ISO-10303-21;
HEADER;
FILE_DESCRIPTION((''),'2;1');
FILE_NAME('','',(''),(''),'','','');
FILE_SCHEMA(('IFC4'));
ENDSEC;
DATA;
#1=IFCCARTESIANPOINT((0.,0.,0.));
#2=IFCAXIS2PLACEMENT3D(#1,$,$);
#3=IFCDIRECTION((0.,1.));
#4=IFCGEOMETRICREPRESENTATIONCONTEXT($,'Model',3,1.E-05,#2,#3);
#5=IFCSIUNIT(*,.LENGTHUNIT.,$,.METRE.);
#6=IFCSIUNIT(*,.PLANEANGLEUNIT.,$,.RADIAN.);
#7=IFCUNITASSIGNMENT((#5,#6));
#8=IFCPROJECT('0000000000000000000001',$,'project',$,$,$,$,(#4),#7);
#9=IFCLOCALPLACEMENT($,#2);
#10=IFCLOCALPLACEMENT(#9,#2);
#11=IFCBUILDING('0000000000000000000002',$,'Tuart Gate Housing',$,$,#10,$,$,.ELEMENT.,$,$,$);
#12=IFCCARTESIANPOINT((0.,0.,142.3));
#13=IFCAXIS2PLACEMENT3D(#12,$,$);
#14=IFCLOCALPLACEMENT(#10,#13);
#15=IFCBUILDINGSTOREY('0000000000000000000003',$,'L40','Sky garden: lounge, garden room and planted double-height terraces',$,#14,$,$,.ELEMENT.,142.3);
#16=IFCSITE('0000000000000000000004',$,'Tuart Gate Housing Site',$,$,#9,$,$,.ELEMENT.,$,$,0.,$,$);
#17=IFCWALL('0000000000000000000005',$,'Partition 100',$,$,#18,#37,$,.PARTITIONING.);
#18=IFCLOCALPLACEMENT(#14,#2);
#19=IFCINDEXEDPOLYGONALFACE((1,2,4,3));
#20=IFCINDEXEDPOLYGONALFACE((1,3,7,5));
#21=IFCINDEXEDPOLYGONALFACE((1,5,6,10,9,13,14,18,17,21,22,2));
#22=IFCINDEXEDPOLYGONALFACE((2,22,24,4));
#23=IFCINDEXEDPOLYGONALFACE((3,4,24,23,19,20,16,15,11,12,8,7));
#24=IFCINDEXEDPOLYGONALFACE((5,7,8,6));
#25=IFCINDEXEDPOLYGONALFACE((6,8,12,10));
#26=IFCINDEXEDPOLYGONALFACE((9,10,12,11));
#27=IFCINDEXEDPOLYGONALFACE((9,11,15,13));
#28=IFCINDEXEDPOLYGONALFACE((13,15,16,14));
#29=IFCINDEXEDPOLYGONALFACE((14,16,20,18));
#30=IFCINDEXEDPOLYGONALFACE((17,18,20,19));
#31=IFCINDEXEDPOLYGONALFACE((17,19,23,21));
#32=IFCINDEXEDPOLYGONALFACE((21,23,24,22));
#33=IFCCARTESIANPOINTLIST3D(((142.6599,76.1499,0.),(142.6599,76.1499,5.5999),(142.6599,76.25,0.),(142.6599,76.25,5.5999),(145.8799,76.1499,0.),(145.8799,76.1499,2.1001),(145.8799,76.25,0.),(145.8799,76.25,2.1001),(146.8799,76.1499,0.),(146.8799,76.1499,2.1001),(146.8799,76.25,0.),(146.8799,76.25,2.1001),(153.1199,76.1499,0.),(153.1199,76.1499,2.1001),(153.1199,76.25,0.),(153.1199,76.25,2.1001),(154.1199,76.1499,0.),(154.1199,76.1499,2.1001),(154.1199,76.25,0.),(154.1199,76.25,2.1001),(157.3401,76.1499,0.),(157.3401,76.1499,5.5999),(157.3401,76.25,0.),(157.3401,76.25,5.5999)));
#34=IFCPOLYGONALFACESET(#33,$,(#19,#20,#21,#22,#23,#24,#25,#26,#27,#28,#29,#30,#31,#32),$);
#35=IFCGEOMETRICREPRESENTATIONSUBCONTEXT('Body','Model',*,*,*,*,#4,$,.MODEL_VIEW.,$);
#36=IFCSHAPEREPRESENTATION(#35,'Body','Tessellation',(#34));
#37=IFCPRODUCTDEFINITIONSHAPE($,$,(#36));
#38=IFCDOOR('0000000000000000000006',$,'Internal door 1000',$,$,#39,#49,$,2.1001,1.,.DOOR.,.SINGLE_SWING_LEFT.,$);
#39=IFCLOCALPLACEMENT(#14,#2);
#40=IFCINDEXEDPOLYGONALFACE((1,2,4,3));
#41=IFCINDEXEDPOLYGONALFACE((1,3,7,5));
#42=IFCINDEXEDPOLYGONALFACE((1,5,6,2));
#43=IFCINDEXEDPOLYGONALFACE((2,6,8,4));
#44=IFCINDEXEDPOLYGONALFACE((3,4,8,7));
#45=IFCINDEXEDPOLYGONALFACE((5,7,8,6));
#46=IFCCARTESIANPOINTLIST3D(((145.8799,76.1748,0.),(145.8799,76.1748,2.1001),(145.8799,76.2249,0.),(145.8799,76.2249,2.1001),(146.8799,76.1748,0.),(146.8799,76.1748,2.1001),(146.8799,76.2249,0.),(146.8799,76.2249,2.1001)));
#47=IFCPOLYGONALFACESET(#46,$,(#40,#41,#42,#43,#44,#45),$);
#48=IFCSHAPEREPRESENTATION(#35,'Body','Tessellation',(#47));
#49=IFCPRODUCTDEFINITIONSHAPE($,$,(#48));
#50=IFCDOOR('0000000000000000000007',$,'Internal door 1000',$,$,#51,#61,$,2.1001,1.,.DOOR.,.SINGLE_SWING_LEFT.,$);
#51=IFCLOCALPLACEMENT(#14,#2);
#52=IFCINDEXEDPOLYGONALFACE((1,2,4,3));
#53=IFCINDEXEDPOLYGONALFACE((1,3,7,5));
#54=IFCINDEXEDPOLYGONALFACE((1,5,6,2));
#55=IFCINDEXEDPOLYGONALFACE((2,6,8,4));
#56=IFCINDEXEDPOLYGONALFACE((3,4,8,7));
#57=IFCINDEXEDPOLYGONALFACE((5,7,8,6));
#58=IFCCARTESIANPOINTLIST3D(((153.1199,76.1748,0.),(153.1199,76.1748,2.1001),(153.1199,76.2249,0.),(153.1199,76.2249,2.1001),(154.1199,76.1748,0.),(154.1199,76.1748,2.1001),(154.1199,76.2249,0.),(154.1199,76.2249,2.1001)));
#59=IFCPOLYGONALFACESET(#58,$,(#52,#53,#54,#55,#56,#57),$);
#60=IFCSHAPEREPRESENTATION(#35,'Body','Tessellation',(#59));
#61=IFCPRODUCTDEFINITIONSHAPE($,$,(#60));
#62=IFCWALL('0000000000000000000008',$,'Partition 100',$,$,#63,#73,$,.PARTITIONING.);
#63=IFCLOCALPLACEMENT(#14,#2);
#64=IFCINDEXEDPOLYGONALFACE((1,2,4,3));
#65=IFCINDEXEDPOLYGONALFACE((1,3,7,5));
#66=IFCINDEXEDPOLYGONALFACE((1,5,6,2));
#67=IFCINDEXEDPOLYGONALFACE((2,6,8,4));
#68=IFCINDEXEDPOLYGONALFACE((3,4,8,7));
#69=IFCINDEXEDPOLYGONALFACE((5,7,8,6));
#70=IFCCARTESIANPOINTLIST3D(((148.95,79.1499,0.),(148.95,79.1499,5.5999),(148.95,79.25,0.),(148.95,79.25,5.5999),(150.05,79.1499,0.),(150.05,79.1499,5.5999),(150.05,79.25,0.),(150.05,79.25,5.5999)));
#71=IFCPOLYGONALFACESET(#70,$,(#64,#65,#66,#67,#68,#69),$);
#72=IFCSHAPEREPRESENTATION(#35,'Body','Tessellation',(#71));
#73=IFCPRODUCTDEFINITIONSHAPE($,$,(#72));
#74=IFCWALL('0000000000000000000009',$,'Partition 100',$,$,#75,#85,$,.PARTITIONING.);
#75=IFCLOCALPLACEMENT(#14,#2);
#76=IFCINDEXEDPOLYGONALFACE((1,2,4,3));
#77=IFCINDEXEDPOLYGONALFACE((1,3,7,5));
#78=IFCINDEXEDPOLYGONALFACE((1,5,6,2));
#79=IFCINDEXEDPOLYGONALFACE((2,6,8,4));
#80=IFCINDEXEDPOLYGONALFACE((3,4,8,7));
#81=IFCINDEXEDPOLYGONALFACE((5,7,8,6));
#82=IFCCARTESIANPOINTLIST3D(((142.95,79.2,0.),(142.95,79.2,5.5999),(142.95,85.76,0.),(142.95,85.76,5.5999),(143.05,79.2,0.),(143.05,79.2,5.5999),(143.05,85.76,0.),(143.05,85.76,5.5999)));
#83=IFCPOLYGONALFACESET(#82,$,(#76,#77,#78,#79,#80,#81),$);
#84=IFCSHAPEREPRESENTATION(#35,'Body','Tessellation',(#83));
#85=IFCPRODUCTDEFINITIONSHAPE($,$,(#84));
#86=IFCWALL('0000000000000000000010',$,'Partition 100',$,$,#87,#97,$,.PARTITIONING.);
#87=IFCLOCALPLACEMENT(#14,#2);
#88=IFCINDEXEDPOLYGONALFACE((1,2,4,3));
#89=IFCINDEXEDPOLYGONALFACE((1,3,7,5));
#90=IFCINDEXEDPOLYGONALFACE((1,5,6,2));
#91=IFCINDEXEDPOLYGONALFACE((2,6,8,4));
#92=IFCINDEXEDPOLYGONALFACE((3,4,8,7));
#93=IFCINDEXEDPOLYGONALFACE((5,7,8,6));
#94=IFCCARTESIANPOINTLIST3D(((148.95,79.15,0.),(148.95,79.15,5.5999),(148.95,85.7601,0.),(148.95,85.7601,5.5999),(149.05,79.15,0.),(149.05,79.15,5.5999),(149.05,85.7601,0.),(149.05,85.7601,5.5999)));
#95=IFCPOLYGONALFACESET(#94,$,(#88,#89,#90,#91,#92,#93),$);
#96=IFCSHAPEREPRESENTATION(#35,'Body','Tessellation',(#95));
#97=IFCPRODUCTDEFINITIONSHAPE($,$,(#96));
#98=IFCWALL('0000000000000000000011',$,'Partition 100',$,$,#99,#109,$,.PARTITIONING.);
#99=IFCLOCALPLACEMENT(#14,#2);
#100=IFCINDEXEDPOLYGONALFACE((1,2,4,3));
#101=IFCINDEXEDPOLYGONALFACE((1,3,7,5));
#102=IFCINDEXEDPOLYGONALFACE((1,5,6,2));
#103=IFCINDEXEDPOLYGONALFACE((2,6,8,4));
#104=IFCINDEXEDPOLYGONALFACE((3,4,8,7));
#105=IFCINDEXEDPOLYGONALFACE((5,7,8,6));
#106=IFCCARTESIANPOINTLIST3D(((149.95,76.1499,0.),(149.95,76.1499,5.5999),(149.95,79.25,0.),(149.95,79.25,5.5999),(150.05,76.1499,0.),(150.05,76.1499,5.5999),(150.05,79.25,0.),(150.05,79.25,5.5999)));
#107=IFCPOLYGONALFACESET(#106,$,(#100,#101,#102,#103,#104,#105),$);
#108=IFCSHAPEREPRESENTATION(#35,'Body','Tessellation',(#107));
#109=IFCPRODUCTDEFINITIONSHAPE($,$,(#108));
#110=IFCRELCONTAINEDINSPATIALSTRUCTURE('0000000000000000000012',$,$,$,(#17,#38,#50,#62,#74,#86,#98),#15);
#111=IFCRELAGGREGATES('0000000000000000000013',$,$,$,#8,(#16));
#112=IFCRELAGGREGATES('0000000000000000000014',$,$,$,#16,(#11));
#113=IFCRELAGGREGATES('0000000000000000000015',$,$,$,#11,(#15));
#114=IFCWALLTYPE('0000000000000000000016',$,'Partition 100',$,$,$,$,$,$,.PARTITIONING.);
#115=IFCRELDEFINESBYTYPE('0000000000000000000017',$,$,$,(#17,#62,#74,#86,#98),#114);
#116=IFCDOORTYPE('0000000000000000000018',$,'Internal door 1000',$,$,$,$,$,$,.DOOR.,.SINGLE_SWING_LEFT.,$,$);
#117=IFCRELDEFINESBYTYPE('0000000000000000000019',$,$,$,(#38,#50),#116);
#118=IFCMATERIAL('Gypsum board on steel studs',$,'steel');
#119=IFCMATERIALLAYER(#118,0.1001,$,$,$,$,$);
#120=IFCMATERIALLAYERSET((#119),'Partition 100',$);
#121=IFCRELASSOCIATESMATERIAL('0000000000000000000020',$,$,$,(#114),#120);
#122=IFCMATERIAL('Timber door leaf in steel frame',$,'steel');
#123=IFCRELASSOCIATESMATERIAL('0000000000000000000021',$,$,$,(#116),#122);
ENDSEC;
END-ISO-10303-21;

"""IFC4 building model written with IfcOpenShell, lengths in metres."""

from ifc_helpers import new_model, si_unit, direction, frame, frame_2d, origin, place, context, subcontext, project, spatial, rectangle, extrude, material, layer, layer_set, type_object, element, fill, save


model = new_model("IFC4")

# Units and contexts
model_context = context("Model", 3, precision=1e-05, world=origin(), true_north=direction((0.0, 1.0)))
body_context = subcontext(model_context, "Body", "Model", "MODEL_VIEW")
ifc_project = project(units=[si_unit("LENGTHUNIT", "METRE"), si_unit("PLANEANGLEUNIT", "RADIAN")], contexts=[model_context])

# Site, building, storey
site_placement = place(None, origin())
site = spatial("IfcSite", under=ifc_project, at=site_placement, Name="Tuart Gate Housing Site", CompositionType="ELEMENT", RefElevation=0.0)
building_placement = place(site_placement, origin())
building = spatial("IfcBuilding", under=site, at=building_placement, Name="Tuart Gate Housing", CompositionType="ELEMENT")
storey_placement = place(building_placement, frame((0.0, 0.0, 142.3)))
storey = spatial("IfcBuildingStorey", under=building, at=storey_placement, Name="L40", Description="Sky garden: lounge, garden room and planted double-height terraces", CompositionType="ELEMENT", Elevation=142.3)

# Wall, openings, doors
ifc_material_1 = material(Name="Gypsum board on steel studs", Category="steel")
ifc_layer_1 = layer(ifc_material_1, 0.1001)
ifc_layer_set_1 = layer_set([ifc_layer_1], Name="Partition 100")
wall_type_1 = type_object("IfcWallType", Name="Partition 100", PredefinedType="PARTITIONING", material=ifc_layer_set_1)
wall_1_placement = place(storey_placement, frame((142.6599, 76.2, 0.0), z_axis=(0.0, 0.0, 1.0), x_axis=(1.0, 0.0, 0.0)))
wall_1 = element("IfcWall", 1, at=wall_1_placement, inside=storey, type_object=wall_type_1, Name="Partition 100", PredefinedType="PARTITIONING", context=body_context, shape_type="SweptSolid", body=[
    extrude(rectangle(XDim=14.6802, YDim=0.1001, at=frame_2d((7.3401, 0.0))), origin(), (0.0, 0.0, 1.0), 5.5999),
])
opening_1_placement = place(wall_1_placement, frame((3.22, 0.0, 0.0)))
opening_1 = element("IfcOpeningElement", 2, at=opening_1_placement, cuts=wall_1, PredefinedType="OPENING", context=body_context, shape_type="SweptSolid", body=[
    extrude(rectangle(XDim=1.0, YDim=2.1001, at=frame_2d((0.5, 1.05))), frame((0.0, 0.0601, 0.0), z_axis=(0.0, -1.0, 0.0), x_axis=(1.0, 0.0, 0.0)), (0.0, 0.0, 1.0), 0.1201),
])
opening_2_placement = place(wall_1_placement, frame((10.46, 0.0, 0.0)))
opening_2 = element("IfcOpeningElement", 3, at=opening_2_placement, cuts=wall_1, PredefinedType="OPENING", context=body_context, shape_type="SweptSolid", body=[
    extrude(rectangle(XDim=1.0, YDim=2.1001, at=frame_2d((0.5, 1.05))), frame((0.0, 0.0601, 0.0), z_axis=(0.0, -1.0, 0.0), x_axis=(1.0, 0.0, 0.0)), (0.0, 0.0, 1.0), 0.1201),
])
ifc_material_2 = material(Name="Timber door leaf in steel frame", Category="steel")
door_type_1 = type_object("IfcDoorType", Name="Internal door 1000", OperationType="SINGLE_SWING_LEFT", PredefinedType="DOOR", material=ifc_material_2)
door_1_placement = place(opening_1_placement, origin())
door_1 = element("IfcDoor", 4, at=door_1_placement, inside=storey, type_object=door_type_1, Name="Internal door 1000", OperationType="SINGLE_SWING_LEFT", OverallHeight=2.1001, OverallWidth=1.0, PredefinedType="DOOR", context=body_context, shape_type="SweptSolid", body=[
    extrude(rectangle(XDim=1.0, YDim=2.1001, at=frame_2d((0.5, 1.05))), frame((0.0, 0.0249, 0.0), z_axis=(0.0, -1.0, 0.0), x_axis=(1.0, 0.0, 0.0)), (0.0, 0.0, 1.0), 0.05),
])
fill(opening_1, door_1)
door_2_placement = place(opening_2_placement, frame((1.0, 0.0, 0.0), z_axis=(0.0, 0.0, 1.0), x_axis=(-1.0, 0.0, 0.0)))
door_2 = element("IfcDoor", 5, at=door_2_placement, inside=storey, type_object=door_type_1, Name="Internal door 1000", OperationType="SINGLE_SWING_LEFT", OverallHeight=2.1001, OverallWidth=1.0, PredefinedType="DOOR", context=body_context, shape_type="SweptSolid", body=[
    extrude(rectangle(XDim=1.0, YDim=2.1001, at=frame_2d((0.5, 1.05))), frame((0.0, 0.0251, 0.0), z_axis=(0.0, -1.0, 0.0), x_axis=(1.0, 0.0, 0.0)), (0.0, 0.0, 1.0), 0.05),
])
fill(opening_2, door_2)

# Walls
wall_2_placement = place(storey_placement, frame((148.95, 79.2, 0.0), z_axis=(0.0, 0.0, 1.0), x_axis=(1.0, 0.0, 0.0)))
element("IfcWall", 6, at=wall_2_placement, inside=storey, type_object=wall_type_1, Name="Partition 100", PredefinedType="PARTITIONING", context=body_context, shape_type="SweptSolid", body=[
    extrude(rectangle(XDim=1.1001, YDim=0.1001, at=frame_2d((0.55, 0.0))), origin(), (0.0, 0.0, 1.0), 5.5999),
])
wall_3_placement = place(storey_placement, frame((143.0, 79.2, 0.0), z_axis=(0.0, 0.0, 1.0), x_axis=(0.0, 1.0, 0.0)))
element("IfcWall", 7, at=wall_3_placement, inside=storey, type_object=wall_type_1, Name="Partition 100", PredefinedType="PARTITIONING", context=body_context, shape_type="SweptSolid", body=[
    extrude(rectangle(XDim=6.5601, YDim=0.1001, at=frame_2d((3.28, 0.0))), origin(), (0.0, 0.0, 1.0), 5.5999),
])
wall_4_placement = place(storey_placement, frame((149.0, 79.1499, 0.0), z_axis=(0.0, 0.0, 1.0), x_axis=(0.0, 1.0, 0.0)))
element("IfcWall", 8, at=wall_4_placement, inside=storey, type_object=wall_type_1, Name="Partition 100", PredefinedType="PARTITIONING", context=body_context, shape_type="SweptSolid", body=[
    extrude(rectangle(XDim=6.6101, YDim=0.1001, at=frame_2d((3.3052, 0.0))), origin(), (0.0, 0.0, 1.0), 5.5999),
])
wall_5_placement = place(storey_placement, frame((150.0, 76.1499, 0.0), z_axis=(0.0, 0.0, 1.0), x_axis=(0.0, 1.0, 0.0)))
element("IfcWall", 9, at=wall_5_placement, inside=storey, type_object=wall_type_1, Name="Partition 100", PredefinedType="PARTITIONING", context=body_context, shape_type="SweptSolid", body=[
    extrude(rectangle(XDim=3.1001, YDim=0.1001, at=frame_2d((1.55, 0.0))), origin(), (0.0, 0.0, 1.0), 5.5999),
])

save(model, "model.ifc")
